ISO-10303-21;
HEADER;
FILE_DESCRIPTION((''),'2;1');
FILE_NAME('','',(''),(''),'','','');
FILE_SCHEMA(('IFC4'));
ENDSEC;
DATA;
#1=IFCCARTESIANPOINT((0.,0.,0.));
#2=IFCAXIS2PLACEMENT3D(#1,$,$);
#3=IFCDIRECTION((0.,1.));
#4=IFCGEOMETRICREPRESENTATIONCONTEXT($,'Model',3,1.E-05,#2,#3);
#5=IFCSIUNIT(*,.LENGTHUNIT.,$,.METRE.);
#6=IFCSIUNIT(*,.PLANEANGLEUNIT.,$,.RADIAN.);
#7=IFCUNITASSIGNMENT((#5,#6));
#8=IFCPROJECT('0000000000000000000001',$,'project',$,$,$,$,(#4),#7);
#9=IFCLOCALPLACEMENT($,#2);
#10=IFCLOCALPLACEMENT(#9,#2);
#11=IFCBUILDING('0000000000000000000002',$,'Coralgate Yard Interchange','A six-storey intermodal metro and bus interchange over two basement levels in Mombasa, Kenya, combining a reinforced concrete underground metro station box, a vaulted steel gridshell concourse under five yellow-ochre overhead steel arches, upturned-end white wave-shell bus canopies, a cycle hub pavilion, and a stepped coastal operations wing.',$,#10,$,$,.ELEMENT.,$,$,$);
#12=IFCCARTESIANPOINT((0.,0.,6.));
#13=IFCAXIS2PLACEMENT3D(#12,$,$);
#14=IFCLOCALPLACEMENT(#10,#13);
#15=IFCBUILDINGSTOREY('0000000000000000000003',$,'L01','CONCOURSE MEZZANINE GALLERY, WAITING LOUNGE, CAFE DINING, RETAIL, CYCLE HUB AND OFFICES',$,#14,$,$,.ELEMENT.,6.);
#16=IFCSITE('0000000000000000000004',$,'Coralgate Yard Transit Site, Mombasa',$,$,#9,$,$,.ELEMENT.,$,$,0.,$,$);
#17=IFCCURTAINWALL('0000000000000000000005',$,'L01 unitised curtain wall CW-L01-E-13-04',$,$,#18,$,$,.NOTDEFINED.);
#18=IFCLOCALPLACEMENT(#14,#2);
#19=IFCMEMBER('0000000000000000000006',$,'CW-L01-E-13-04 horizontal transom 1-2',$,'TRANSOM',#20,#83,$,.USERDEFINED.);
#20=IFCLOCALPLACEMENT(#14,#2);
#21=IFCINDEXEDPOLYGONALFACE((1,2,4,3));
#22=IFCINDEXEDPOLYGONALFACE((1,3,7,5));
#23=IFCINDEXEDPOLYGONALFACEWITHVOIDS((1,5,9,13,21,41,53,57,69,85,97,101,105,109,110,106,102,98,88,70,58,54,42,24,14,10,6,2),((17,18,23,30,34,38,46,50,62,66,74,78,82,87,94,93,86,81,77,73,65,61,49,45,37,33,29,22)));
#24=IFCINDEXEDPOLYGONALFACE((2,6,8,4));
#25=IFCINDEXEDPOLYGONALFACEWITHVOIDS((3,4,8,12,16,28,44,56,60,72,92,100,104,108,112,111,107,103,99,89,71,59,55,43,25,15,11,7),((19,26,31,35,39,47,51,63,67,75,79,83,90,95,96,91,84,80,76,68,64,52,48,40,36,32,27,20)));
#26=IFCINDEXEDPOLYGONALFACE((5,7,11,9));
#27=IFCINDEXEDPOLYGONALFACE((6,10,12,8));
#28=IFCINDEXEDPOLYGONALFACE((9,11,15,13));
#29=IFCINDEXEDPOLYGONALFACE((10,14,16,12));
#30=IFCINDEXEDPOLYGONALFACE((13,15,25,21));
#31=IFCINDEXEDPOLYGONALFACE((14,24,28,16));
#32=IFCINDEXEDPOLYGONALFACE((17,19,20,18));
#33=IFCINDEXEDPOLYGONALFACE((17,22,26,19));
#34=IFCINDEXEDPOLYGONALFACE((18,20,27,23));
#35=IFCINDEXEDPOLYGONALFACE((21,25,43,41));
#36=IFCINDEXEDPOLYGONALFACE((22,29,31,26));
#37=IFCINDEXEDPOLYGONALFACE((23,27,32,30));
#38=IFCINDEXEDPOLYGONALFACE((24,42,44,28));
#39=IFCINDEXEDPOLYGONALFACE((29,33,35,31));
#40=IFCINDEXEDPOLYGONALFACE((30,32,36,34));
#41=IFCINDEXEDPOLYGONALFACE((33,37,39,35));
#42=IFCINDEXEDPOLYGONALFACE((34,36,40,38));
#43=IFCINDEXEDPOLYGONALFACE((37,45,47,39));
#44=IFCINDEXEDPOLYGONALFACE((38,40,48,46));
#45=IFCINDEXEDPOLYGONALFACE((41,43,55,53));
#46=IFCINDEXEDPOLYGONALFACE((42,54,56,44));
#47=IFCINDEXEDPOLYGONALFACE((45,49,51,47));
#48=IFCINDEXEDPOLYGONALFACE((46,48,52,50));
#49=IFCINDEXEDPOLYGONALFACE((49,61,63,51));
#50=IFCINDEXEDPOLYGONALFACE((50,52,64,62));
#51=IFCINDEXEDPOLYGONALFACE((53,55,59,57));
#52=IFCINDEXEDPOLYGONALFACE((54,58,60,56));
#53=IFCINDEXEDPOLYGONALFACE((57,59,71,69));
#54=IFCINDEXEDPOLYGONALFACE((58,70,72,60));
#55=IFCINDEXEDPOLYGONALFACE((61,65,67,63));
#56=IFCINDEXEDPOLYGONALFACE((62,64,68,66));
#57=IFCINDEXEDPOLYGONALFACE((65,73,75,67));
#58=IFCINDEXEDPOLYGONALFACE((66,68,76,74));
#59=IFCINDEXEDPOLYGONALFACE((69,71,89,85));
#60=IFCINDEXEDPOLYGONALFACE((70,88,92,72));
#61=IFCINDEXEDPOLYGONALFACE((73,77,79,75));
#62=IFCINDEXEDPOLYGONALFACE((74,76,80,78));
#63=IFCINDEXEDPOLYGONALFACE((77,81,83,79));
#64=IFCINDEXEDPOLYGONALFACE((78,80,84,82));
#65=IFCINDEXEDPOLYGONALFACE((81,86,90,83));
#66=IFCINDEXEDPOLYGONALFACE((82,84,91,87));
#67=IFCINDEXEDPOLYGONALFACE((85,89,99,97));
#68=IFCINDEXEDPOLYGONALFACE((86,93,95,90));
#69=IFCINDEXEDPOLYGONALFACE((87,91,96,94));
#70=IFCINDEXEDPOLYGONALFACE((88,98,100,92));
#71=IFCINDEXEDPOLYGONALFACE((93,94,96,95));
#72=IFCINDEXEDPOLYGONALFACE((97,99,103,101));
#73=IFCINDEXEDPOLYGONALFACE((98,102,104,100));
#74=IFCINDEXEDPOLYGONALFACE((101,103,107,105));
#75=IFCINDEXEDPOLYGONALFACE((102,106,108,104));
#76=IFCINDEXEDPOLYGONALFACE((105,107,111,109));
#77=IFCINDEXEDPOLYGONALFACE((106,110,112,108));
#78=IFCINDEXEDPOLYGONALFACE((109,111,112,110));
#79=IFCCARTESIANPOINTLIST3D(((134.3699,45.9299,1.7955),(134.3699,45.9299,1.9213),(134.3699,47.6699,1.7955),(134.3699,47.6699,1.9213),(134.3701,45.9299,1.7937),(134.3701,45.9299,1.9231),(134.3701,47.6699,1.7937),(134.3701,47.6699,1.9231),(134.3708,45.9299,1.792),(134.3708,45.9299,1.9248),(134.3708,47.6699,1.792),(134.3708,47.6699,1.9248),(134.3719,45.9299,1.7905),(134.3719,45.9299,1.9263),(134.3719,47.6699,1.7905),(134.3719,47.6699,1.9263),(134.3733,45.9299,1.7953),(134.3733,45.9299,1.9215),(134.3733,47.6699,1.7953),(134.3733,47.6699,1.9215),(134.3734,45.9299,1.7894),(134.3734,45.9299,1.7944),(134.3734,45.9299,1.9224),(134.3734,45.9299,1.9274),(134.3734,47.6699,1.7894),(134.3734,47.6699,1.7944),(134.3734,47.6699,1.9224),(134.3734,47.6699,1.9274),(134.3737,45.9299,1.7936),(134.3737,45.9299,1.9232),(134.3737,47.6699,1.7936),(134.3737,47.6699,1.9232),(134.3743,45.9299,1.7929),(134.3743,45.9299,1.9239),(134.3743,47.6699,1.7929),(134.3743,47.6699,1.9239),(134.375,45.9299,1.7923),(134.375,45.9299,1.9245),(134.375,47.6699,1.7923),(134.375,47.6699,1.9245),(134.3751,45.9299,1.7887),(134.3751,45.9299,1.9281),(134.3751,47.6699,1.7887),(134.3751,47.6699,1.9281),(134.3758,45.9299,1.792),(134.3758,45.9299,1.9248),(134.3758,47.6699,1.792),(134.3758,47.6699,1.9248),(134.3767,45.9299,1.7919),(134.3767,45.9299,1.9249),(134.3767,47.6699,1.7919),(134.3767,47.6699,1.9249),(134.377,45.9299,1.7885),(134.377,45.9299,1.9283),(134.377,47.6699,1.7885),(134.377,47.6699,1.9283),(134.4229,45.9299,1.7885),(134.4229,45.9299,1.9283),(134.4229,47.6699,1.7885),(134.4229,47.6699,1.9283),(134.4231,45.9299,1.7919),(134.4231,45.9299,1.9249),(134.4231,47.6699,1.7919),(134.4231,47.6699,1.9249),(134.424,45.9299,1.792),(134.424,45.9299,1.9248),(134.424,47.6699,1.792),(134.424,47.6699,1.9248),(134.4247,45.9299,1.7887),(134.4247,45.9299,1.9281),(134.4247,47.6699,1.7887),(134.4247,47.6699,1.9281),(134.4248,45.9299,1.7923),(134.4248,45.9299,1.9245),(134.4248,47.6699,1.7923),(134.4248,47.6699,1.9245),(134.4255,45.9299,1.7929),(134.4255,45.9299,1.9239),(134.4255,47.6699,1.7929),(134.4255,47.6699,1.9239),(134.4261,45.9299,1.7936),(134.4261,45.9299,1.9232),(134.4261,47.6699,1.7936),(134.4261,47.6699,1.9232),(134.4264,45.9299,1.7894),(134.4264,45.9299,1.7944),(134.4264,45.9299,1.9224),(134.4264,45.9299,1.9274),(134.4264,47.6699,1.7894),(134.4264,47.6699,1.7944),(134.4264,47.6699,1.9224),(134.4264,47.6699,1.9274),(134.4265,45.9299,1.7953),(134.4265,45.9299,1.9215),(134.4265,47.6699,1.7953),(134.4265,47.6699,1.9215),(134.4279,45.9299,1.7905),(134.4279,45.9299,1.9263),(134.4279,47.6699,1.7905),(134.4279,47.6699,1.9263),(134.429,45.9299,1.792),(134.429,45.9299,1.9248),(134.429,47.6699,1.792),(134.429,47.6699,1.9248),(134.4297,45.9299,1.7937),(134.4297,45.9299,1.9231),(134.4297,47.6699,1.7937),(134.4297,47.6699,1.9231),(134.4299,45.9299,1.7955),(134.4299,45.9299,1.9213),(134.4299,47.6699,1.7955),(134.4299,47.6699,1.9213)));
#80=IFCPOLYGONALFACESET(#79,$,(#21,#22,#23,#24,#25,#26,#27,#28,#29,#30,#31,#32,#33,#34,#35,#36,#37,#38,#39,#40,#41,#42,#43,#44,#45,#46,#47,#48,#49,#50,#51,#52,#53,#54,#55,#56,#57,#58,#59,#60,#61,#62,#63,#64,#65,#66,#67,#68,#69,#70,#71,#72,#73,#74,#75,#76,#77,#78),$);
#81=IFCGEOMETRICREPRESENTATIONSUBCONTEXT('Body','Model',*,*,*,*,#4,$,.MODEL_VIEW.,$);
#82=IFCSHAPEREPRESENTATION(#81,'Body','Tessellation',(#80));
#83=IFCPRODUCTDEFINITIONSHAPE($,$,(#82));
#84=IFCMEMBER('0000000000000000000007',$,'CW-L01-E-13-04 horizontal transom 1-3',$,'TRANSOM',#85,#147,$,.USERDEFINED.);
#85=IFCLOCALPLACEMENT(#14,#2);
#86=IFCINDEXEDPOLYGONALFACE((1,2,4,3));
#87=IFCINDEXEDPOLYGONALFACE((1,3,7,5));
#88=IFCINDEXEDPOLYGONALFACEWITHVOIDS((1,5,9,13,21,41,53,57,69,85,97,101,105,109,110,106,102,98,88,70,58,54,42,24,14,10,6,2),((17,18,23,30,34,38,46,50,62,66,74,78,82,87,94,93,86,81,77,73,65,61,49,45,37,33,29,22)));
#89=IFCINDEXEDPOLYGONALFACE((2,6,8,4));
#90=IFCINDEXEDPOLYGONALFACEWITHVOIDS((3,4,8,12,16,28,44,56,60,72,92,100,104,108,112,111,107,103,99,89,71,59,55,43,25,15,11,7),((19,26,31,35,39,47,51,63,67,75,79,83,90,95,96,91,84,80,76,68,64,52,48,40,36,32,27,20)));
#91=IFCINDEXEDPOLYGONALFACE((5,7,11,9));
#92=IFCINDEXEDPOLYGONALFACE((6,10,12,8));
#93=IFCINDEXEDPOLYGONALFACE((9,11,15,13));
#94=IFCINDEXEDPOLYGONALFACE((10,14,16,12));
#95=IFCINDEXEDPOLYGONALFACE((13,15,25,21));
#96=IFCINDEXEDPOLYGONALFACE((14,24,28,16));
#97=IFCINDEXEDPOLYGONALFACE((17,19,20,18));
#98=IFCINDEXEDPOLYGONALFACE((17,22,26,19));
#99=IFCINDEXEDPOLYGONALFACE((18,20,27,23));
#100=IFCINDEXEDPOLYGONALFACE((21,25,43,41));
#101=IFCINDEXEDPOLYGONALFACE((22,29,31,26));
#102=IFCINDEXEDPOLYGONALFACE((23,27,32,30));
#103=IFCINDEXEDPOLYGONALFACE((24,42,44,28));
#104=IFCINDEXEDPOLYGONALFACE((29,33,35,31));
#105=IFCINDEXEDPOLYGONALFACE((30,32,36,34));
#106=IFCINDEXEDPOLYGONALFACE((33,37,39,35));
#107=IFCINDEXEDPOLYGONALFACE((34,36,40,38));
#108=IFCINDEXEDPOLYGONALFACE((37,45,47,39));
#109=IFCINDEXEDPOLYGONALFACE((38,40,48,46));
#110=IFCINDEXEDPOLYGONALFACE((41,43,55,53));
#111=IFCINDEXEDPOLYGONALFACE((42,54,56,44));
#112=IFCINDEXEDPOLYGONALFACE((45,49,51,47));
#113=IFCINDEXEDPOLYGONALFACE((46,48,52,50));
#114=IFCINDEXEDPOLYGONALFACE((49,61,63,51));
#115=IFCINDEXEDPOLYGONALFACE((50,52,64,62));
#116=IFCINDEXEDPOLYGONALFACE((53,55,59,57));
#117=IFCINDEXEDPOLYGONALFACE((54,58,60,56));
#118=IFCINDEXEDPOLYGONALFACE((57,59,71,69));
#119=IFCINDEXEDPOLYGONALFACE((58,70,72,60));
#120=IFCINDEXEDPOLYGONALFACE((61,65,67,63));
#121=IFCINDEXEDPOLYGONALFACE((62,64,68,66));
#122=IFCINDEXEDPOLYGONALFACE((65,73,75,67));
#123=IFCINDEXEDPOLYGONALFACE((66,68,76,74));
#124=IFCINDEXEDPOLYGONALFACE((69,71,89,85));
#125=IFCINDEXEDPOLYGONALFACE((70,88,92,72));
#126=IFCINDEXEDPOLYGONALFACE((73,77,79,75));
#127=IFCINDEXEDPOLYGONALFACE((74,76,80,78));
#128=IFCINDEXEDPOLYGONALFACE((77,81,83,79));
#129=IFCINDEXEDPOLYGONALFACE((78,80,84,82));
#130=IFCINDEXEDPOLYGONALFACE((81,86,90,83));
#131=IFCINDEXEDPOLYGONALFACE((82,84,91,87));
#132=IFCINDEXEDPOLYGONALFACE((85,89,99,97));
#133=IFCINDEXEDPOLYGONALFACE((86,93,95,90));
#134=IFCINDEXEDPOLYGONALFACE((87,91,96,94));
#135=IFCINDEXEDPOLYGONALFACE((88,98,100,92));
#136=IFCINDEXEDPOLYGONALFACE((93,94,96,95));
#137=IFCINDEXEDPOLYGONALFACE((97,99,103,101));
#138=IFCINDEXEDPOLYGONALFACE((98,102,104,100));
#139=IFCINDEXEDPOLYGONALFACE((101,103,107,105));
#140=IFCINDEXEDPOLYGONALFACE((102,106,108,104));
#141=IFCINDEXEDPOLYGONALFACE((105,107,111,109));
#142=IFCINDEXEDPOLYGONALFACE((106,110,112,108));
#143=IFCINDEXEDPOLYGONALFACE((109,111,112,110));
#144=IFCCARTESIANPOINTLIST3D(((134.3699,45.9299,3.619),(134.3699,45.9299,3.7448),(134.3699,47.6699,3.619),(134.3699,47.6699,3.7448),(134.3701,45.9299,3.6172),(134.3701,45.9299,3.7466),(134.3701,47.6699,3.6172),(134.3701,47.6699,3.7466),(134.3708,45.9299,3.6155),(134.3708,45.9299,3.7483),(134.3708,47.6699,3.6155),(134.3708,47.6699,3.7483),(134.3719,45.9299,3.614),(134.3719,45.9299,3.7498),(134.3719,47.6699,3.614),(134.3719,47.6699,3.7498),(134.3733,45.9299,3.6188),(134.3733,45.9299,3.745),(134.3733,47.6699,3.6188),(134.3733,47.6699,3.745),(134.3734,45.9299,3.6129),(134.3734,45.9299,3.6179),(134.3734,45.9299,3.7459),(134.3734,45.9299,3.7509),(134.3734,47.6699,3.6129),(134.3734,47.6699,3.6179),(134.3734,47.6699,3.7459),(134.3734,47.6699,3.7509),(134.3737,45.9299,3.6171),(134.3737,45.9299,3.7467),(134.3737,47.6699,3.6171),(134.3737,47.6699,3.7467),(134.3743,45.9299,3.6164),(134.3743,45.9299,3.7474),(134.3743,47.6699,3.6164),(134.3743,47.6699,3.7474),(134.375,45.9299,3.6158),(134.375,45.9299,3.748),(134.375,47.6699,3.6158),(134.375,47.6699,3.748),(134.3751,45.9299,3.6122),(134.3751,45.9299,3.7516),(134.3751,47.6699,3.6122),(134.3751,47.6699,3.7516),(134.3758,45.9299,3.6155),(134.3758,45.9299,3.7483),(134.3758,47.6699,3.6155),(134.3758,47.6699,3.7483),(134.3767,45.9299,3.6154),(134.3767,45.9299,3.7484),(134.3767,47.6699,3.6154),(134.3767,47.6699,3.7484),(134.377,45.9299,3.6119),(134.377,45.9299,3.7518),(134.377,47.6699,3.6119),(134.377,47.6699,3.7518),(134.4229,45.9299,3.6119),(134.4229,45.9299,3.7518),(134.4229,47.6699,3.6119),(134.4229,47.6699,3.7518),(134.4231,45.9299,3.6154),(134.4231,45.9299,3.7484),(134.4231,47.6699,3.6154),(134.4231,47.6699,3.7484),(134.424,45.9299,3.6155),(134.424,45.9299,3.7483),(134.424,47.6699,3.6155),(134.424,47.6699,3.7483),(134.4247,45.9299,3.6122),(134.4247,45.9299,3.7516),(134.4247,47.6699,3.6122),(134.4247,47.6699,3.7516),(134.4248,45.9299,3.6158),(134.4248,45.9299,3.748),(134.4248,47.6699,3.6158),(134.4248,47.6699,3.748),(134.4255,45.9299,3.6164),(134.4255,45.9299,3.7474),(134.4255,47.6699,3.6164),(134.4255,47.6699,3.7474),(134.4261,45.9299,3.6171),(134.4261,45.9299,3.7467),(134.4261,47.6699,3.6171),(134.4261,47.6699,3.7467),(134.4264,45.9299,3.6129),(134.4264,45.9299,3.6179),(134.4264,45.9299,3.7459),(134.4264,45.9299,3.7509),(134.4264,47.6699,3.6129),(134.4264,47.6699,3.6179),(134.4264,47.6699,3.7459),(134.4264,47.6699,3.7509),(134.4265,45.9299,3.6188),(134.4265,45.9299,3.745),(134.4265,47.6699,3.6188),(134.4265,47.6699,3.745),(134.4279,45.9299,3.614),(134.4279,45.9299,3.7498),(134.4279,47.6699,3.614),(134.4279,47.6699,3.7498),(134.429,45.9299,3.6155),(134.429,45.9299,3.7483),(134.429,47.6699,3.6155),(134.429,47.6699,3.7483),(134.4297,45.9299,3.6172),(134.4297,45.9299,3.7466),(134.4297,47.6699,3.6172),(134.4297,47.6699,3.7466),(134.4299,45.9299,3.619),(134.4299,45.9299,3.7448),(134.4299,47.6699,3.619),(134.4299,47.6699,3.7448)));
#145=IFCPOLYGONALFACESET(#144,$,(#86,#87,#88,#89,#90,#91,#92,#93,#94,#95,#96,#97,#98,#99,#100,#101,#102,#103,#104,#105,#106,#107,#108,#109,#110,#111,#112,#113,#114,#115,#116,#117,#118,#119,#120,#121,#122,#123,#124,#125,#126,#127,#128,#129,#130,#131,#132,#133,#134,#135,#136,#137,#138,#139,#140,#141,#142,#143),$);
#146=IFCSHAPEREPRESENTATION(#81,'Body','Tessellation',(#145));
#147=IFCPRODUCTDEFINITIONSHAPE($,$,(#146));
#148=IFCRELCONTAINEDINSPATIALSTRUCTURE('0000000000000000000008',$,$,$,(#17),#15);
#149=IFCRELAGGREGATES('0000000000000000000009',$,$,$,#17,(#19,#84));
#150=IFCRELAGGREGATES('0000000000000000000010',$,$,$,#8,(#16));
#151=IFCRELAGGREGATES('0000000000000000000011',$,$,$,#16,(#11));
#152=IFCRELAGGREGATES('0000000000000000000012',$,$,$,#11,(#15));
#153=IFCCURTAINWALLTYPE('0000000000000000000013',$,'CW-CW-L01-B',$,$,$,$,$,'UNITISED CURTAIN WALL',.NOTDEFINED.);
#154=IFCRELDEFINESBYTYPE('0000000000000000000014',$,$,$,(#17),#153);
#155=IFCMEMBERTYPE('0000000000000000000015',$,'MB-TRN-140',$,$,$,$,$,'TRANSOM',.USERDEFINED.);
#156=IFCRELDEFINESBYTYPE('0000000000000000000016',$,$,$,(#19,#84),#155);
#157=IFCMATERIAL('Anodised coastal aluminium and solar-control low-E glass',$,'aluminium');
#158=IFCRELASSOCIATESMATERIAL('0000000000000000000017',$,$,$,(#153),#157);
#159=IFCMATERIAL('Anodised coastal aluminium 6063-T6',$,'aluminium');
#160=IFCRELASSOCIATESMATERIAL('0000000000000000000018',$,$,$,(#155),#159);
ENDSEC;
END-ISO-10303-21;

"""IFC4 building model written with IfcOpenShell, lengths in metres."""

from ifc_helpers import new_model, si_unit, direction, frame, origin, origin_2d, place, context, subcontext, project, spatial, hollow_rectangle, extrude, material, material_profile, profile_set, type_object, element, aggregate, save


model = new_model("IFC4")

# Units and contexts
model_context = context("Model", 3, precision=1e-05, world=origin(), true_north=direction((0.0, 1.0)))
body_context = subcontext(model_context, "Body", "Model", "MODEL_VIEW")
ifc_project = project(units=[si_unit("LENGTHUNIT", "METRE"), si_unit("PLANEANGLEUNIT", "RADIAN")], contexts=[model_context])

# Site, building, storey
site_placement = place(None, origin())
site = spatial("IfcSite", under=ifc_project, at=site_placement, Name="Coralgate Yard Transit Site, Mombasa", CompositionType="ELEMENT", RefElevation=0.0)
building_placement = place(site_placement, origin())
building = spatial("IfcBuilding", under=site, at=building_placement, Name="Coralgate Yard Interchange", Description="A six-storey intermodal metro and bus interchange over two basement levels in Mombasa, Kenya, combining a reinforced concrete underground metro station box, a vaulted steel gridshell concourse under five yellow-ochre overhead steel arches, upturned-end white wave-shell bus canopies, a cycle hub pavilion, and a stepped coastal operations wing.", CompositionType="ELEMENT")
storey_placement = place(building_placement, frame((0.0, 0.0, 6.0)))
storey = spatial("IfcBuildingStorey", under=building, at=storey_placement, Name="L01", Description="CONCOURSE MEZZANINE GALLERY, WAITING LOUNGE, CAFE DINING, RETAIL, CYCLE HUB AND OFFICES", CompositionType="ELEMENT", Elevation=6.0)

# Curtain wall, members
ifc_material_1 = material(Name="Anodised coastal aluminium and solar-control low-E glass", Category="aluminium")
curtain_wall_type = type_object("IfcCurtainWallType", Name="CW-CW-L01-B", ElementType="UNITISED CURTAIN WALL", PredefinedType="NOTDEFINED", material=ifc_material_1)
curtain_wall_placement = place(storey_placement, origin())
curtain_wall = element("IfcCurtainWall", 1, at=curtain_wall_placement, inside=storey, type_object=curtain_wall_type, Name="L01 unitised curtain wall CW-L01-E-13-04", PredefinedType="NOTDEFINED")
ifc_material_2 = material(Name="Anodised coastal aluminium 6063-T6", Category="aluminium")
ifc_material_profile_1 = material_profile(ifc_material_2, hollow_rectangle(XDim=0.0601, YDim=0.1399, WallThickness=0.0034, InnerFilletRadius=0.0034, OuterFilletRadius=0.0071, at=origin_2d()), Name="ALU 60x140x3.5")
ifc_profile_set_1 = profile_set([ifc_material_profile_1], Name="Anodised coastal aluminium 6063-T6")
member_type_1 = type_object("IfcMemberType", Name="MB-TRN-140", ElementType="TRANSOM", PredefinedType="USERDEFINED", material=ifc_profile_set_1)
member_1_placement = place(storey_placement, frame((134.3999, 47.6699, 1.8584), z_axis=(0.0, -1.0, 0.0), x_axis=(1.0, 0.0, 0.0)))
member_1 = element("IfcMember", 2, at=member_1_placement, type_object=member_type_1, Name="CW-L01-E-13-04 horizontal transom 1-2", ObjectType="TRANSOM", PredefinedType="USERDEFINED", context=body_context, shape_type="SweptSolid", body=[
    extrude(hollow_rectangle(XDim=0.0601, YDim=0.1399, WallThickness=0.0034, InnerFilletRadius=0.0034, OuterFilletRadius=0.0071, at=origin_2d()), origin(), (0.0, 0.0, 1.0), 1.74),
])
member_2_placement = place(storey_placement, frame((134.3999, 47.6699, 3.6819), z_axis=(0.0, -1.0, 0.0), x_axis=(1.0, 0.0, 0.0)))
member_2 = element("IfcMember", 3, at=member_2_placement, type_object=member_type_1, Name="CW-L01-E-13-04 horizontal transom 1-3", ObjectType="TRANSOM", PredefinedType="USERDEFINED", context=body_context, shape_type="SweptSolid", body=[
    extrude(hollow_rectangle(XDim=0.0601, YDim=0.1399, WallThickness=0.0034, InnerFilletRadius=0.0034, OuterFilletRadius=0.0071, at=origin_2d()), origin(), (0.0, 0.0, 1.0), 1.74),
])
aggregate(curtain_wall, [member_1, member_2])

save(model, "model.ifc")
